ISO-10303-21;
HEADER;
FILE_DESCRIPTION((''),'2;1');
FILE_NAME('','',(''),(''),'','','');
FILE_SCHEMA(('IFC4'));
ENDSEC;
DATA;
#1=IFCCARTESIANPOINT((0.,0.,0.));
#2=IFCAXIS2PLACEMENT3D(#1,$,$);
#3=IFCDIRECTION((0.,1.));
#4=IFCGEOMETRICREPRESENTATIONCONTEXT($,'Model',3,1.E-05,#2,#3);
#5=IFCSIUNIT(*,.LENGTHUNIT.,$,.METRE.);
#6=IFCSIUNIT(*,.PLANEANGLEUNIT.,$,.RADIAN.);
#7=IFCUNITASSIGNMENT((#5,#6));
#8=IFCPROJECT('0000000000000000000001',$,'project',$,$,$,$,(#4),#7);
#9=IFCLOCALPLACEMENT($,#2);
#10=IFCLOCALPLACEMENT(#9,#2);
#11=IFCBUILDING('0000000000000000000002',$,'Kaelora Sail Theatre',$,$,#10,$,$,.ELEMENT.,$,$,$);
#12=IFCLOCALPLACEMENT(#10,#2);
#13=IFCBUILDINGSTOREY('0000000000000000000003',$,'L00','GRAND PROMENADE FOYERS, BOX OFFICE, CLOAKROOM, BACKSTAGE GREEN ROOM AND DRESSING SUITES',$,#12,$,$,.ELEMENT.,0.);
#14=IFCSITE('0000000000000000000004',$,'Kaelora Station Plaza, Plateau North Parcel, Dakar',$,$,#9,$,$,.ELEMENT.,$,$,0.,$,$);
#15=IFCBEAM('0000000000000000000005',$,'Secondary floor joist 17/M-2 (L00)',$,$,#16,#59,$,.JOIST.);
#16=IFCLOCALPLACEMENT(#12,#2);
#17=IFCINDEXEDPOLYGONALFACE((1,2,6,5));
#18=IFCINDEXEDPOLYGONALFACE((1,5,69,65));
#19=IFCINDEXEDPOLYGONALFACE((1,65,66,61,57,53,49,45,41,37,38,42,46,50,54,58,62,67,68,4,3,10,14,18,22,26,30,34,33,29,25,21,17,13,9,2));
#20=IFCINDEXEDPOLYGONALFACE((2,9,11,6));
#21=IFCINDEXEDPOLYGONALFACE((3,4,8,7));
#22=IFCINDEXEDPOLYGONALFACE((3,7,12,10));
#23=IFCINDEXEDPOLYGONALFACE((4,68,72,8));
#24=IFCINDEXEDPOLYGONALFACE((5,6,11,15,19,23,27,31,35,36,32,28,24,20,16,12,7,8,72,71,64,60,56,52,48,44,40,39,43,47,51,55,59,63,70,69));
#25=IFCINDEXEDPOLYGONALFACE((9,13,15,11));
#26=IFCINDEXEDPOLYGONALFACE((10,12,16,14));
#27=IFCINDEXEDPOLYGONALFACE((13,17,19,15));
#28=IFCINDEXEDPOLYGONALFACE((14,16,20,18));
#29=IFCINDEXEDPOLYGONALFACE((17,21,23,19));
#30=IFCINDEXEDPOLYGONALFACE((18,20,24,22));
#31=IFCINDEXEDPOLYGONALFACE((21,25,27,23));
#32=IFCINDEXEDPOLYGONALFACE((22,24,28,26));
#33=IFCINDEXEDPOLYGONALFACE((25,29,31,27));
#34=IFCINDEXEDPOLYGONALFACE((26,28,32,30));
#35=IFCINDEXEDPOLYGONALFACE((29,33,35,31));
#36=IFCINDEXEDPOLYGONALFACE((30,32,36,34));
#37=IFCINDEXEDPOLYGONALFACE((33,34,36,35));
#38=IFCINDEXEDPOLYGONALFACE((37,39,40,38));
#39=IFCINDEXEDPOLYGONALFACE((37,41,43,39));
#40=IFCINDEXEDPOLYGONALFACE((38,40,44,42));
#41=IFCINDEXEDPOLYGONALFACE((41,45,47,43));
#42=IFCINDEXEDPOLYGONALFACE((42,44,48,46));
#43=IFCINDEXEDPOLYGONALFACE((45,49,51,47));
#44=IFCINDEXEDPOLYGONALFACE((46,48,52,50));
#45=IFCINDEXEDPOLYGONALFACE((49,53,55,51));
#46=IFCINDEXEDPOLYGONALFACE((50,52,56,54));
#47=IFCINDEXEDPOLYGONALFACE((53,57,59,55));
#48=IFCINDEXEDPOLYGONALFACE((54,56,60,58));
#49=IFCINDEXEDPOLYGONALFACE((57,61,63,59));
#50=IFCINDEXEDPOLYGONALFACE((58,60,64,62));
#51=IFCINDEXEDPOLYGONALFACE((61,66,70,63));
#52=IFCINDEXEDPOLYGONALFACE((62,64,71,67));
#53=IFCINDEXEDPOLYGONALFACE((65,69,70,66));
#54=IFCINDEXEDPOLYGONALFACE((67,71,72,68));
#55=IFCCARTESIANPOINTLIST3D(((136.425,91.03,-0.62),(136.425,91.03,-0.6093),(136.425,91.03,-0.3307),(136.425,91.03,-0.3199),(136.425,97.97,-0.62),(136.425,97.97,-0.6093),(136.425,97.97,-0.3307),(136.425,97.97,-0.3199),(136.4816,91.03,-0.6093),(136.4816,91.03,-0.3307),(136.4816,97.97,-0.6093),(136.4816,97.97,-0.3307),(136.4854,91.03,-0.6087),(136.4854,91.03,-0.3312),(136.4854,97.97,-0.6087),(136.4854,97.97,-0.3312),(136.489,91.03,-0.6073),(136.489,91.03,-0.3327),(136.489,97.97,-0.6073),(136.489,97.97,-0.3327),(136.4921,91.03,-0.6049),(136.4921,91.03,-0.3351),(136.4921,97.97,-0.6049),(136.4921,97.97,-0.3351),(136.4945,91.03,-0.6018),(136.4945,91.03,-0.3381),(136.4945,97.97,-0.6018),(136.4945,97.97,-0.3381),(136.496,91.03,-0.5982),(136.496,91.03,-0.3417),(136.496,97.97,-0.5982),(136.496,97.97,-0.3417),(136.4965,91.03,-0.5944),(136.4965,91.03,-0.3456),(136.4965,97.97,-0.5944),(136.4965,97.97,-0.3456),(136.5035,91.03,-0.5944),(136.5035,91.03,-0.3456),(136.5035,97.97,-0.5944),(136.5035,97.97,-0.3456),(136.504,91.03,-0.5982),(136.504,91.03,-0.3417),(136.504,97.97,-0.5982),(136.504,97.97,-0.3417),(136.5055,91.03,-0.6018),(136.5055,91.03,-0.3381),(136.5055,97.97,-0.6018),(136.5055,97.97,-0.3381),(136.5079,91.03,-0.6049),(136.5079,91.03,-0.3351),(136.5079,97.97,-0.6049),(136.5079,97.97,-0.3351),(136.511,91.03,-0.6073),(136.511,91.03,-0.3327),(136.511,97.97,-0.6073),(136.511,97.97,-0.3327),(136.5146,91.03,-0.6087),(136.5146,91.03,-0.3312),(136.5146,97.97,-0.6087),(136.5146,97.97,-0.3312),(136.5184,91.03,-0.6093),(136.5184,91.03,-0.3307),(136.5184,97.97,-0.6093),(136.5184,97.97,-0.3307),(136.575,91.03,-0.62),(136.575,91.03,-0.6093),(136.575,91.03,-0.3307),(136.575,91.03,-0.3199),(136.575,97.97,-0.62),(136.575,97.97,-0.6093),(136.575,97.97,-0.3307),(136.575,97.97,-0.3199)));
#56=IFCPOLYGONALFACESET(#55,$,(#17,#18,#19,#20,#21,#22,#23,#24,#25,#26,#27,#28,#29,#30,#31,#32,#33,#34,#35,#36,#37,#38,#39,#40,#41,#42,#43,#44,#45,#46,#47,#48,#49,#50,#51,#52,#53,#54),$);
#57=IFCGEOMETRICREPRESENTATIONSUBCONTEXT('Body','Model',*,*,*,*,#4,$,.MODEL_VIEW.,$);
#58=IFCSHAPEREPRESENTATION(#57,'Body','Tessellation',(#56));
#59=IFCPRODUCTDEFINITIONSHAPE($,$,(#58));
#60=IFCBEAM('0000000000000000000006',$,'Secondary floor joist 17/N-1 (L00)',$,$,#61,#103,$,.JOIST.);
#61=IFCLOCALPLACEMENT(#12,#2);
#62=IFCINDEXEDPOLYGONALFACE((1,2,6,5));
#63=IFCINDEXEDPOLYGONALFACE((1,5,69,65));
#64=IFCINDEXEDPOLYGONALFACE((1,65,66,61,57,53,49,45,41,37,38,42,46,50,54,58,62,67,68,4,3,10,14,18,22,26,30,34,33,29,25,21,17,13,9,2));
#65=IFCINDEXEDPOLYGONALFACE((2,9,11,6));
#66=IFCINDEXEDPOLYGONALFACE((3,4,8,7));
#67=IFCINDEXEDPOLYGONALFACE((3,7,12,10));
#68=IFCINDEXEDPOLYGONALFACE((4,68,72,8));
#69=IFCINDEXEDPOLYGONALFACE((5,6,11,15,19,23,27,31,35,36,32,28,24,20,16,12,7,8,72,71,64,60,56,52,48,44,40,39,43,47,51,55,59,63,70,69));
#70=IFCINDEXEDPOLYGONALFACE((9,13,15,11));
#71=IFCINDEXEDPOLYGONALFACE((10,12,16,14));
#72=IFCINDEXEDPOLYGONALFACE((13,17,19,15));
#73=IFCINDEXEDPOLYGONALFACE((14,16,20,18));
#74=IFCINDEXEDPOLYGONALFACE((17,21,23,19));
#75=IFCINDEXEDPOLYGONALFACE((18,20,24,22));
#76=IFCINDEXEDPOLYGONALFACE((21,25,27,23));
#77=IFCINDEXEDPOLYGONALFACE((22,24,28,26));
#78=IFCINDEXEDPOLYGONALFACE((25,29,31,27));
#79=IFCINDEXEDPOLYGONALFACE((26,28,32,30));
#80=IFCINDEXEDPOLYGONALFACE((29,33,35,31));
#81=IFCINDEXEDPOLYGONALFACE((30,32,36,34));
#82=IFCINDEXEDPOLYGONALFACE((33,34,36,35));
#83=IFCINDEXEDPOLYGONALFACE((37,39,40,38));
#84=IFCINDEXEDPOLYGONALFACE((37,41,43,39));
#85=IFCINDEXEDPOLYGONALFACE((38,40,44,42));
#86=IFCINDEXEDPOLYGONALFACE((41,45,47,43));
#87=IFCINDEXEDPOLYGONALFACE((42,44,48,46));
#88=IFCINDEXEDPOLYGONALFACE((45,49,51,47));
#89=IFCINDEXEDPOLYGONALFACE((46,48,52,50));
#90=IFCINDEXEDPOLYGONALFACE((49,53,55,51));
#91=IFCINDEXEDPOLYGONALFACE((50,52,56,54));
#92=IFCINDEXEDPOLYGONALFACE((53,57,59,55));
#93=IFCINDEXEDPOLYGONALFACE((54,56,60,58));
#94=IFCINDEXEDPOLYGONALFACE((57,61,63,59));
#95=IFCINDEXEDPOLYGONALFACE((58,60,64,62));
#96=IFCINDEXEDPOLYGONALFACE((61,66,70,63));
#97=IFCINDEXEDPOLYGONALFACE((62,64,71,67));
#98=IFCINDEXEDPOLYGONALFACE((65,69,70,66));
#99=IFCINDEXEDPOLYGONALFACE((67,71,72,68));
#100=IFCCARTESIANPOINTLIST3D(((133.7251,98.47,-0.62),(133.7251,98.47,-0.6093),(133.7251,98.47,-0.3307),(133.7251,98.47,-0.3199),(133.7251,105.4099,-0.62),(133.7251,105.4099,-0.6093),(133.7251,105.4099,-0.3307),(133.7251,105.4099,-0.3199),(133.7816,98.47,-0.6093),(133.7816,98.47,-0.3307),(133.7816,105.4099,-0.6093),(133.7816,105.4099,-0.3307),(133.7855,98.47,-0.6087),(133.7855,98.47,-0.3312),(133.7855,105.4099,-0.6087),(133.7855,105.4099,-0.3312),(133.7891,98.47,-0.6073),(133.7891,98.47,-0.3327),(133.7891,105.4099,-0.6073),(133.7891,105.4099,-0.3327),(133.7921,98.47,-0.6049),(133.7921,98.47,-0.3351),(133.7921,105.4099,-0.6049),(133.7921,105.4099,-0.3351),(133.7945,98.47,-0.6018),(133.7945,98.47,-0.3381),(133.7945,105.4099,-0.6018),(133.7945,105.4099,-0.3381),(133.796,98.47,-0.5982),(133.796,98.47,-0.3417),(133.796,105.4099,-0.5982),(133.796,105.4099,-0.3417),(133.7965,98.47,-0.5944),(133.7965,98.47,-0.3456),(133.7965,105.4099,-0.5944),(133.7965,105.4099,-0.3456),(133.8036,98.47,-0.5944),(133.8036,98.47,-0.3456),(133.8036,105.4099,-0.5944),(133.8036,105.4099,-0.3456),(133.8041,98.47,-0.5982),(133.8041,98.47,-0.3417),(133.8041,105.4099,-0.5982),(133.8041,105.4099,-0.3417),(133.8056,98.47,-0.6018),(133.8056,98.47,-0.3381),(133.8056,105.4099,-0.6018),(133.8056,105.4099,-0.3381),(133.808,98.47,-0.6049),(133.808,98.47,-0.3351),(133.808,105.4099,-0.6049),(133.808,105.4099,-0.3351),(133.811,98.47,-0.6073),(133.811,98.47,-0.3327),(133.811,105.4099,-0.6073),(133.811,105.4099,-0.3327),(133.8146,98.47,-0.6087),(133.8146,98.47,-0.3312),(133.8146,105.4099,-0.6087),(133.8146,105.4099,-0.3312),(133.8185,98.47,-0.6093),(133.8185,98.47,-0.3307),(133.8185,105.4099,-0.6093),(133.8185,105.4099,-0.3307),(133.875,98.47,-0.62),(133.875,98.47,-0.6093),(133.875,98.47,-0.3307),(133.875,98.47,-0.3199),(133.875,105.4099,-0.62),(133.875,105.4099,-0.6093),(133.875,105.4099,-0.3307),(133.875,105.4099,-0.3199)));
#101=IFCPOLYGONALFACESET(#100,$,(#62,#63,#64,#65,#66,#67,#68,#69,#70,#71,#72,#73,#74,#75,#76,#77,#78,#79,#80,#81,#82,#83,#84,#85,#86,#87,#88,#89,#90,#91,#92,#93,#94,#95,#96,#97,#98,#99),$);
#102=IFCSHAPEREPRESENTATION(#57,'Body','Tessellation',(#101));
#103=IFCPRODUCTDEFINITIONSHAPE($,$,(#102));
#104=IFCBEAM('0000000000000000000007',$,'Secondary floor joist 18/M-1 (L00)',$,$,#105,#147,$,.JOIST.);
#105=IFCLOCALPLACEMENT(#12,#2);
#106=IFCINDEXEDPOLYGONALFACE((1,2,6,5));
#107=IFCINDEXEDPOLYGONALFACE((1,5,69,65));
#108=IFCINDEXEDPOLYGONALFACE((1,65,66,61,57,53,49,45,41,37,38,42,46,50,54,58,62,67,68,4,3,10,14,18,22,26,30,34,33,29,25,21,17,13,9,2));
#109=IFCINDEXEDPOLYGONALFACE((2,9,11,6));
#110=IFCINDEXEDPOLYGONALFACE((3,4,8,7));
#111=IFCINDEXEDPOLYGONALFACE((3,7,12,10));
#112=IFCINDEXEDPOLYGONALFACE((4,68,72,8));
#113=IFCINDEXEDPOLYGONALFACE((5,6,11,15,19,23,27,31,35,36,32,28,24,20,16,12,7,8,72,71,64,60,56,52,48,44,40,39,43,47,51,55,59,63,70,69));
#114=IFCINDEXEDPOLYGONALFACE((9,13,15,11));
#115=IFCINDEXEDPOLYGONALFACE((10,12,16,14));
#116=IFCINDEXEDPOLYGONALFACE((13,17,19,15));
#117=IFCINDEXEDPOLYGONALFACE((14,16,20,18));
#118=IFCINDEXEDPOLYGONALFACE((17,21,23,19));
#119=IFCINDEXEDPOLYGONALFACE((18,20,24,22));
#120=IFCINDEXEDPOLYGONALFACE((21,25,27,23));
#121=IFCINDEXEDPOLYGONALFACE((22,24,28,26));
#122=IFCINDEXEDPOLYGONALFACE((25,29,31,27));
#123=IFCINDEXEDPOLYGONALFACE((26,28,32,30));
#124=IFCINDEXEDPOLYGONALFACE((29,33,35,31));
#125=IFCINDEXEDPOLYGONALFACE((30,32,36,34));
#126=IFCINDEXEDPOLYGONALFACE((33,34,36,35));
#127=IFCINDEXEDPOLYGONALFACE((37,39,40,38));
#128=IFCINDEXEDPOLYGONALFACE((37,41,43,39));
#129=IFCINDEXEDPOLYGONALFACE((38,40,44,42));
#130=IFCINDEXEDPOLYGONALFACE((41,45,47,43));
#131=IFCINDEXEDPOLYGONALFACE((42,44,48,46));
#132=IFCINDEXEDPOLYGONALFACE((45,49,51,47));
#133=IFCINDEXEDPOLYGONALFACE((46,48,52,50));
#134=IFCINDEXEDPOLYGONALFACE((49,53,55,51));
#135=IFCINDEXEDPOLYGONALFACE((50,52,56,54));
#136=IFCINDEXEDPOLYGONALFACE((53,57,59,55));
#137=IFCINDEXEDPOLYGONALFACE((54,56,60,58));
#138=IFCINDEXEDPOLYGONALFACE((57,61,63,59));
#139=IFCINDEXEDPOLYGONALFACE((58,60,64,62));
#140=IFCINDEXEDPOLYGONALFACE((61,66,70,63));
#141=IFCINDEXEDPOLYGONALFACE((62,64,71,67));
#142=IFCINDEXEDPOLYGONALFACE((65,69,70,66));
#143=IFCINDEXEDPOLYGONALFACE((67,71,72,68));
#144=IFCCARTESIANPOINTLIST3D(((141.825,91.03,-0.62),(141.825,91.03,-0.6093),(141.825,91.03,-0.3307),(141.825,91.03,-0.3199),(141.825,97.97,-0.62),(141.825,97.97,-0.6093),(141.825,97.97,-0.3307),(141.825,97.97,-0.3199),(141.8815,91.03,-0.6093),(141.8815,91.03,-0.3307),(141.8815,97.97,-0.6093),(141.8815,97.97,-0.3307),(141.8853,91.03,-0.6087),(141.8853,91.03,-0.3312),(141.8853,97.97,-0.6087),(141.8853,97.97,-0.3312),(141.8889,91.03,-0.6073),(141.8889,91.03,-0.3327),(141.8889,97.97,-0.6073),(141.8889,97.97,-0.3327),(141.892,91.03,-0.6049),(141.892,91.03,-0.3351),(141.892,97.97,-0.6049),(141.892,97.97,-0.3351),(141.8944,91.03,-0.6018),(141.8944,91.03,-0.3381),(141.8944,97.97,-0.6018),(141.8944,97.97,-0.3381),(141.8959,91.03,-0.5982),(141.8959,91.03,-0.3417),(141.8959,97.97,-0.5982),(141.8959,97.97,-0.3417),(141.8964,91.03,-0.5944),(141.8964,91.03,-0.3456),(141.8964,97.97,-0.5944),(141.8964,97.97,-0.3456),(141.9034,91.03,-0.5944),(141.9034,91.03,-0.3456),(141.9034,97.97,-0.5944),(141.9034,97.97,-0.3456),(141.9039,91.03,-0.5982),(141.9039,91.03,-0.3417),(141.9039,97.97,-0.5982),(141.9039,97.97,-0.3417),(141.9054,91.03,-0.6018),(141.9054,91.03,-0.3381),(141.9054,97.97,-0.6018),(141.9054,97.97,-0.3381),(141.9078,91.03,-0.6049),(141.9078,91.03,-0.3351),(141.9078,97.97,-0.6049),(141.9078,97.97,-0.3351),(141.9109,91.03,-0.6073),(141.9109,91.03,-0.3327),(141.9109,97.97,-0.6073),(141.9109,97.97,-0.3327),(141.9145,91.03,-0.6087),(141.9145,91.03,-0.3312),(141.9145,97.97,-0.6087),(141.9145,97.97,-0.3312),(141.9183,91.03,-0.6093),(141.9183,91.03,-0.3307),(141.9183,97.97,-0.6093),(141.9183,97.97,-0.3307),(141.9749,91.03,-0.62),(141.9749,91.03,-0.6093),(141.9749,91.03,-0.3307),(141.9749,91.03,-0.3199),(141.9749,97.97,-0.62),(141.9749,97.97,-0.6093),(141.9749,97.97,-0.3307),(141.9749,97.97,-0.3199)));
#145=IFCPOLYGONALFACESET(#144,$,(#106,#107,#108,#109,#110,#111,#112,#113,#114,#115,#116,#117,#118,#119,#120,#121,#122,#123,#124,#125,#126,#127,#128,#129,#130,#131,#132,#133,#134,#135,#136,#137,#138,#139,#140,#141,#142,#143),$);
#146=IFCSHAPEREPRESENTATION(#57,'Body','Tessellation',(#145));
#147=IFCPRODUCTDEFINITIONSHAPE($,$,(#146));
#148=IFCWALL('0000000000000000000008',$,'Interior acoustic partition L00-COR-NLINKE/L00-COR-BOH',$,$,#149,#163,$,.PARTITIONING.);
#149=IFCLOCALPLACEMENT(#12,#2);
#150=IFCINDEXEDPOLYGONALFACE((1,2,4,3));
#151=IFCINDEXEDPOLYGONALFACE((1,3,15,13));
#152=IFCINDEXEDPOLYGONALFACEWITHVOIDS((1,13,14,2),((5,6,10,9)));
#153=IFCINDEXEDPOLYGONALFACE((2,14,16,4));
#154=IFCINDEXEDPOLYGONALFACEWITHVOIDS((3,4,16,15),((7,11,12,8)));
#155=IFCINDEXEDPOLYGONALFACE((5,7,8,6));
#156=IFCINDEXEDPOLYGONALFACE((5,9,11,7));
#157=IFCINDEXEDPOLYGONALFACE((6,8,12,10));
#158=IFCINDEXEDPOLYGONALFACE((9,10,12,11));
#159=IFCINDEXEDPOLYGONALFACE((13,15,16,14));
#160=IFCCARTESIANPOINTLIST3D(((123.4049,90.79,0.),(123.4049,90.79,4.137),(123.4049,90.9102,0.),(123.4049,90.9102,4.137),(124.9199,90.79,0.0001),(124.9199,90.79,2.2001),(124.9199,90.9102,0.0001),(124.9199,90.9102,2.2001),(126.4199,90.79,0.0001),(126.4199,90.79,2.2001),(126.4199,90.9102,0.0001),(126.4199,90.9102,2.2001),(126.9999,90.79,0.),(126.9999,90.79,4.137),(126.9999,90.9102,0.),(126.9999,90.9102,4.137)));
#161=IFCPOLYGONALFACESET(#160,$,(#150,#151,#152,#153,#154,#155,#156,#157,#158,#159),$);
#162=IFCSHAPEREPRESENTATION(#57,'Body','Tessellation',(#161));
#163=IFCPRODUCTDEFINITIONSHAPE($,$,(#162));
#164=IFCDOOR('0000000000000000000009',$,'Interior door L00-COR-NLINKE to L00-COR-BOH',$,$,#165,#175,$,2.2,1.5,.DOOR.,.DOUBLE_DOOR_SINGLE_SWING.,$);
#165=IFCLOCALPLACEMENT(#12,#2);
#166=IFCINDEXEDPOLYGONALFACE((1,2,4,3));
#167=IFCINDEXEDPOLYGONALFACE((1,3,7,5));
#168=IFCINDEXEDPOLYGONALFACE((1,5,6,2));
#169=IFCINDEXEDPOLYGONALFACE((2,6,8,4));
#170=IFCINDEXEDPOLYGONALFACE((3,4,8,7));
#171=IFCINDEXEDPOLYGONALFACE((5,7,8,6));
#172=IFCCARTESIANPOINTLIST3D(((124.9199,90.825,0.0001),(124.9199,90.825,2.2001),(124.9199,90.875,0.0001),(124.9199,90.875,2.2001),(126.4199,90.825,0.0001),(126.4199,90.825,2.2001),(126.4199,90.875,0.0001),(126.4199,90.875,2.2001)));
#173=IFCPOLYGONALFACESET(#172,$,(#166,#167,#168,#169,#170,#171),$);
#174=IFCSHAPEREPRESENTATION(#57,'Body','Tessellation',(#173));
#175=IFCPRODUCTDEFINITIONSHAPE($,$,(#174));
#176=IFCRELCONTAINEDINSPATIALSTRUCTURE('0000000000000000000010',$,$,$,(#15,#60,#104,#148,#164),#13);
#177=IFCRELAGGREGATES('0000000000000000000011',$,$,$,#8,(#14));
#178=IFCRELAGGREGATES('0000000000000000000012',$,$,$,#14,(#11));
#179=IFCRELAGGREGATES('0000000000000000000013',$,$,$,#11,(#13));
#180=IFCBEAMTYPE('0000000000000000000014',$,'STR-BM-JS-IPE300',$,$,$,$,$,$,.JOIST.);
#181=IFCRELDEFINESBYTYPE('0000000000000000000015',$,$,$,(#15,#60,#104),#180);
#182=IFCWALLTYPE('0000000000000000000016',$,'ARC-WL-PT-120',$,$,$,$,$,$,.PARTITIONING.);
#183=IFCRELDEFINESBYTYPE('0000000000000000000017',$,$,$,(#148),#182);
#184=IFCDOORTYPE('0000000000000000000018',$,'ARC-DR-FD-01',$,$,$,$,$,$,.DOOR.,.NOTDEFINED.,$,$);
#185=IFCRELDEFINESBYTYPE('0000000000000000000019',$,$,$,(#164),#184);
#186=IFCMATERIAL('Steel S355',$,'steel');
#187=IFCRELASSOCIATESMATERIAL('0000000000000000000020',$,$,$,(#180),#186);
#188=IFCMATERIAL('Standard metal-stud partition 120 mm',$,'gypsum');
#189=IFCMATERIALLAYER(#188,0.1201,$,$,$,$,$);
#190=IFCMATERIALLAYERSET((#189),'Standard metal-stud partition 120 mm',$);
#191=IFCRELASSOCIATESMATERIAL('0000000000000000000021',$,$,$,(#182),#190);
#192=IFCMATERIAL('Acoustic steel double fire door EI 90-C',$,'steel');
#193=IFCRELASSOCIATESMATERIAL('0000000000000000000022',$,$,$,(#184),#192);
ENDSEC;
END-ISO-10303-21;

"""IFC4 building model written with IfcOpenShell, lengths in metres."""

from ifc_helpers import new_model, si_unit, direction, frame, frame_2d, origin, origin_2d, place, context, subcontext, project, spatial, rectangle, i_section, extrude, material, layer, layer_set, material_profile, profile_set, type_object, element, fill, save


model = new_model("IFC4")

# Units and contexts
model_context = context("Model", 3, precision=1e-05, world=origin(), true_north=direction((0.0, 1.0)))
body_context = subcontext(model_context, "Body", "Model", "MODEL_VIEW")
ifc_project = project(units=[si_unit("LENGTHUNIT", "METRE"), si_unit("PLANEANGLEUNIT", "RADIAN")], contexts=[model_context])

# Site, building, storey
site_placement = place(None, origin())
site = spatial("IfcSite", under=ifc_project, at=site_placement, Name="Kaelora Station Plaza, Plateau North Parcel, Dakar", CompositionType="ELEMENT", RefElevation=0.0)
building_placement = place(site_placement, origin())
building = spatial("IfcBuilding", under=site, at=building_placement, Name="Kaelora Sail Theatre", CompositionType="ELEMENT")
storey_placement = place(building_placement, origin())
storey = spatial("IfcBuildingStorey", under=building, at=storey_placement, Name="L00", Description="GRAND PROMENADE FOYERS, BOX OFFICE, CLOAKROOM, BACKSTAGE GREEN ROOM AND DRESSING SUITES", CompositionType="ELEMENT", Elevation=0.0)

# Beams
ifc_material_1 = material(Name="Steel S355", Category="steel")
ifc_material_profile_1 = material_profile(ifc_material_1, i_section(OverallWidth=0.1499, OverallDepth=0.3, WebThickness=0.0071, FlangeThickness=0.0107, FilletRadius=0.0149, at=origin_2d()), Name="IPE 300")
ifc_profile_set_1 = profile_set([ifc_material_profile_1], Name="Steel S355")
beam_type_1 = type_object("IfcBeamType", Name="STR-BM-JS-IPE300", PredefinedType="JOIST", material=ifc_profile_set_1)
for number, where, z_axis, x_axis, name in (
    (1, (136.5, 91.03, -0.47), (0.0, 1.0, 0.0), (-1.0, 0.0, 0.0), "Secondary floor joist 17/M-2 (L00)"),
    (2, (133.8, 98.47, -0.47), (0.0, 1.0, 0.0), (-1.0, 0.0, 0.0), "Secondary floor joist 17/N-1 (L00)"),
    (3, (141.8999, 91.03, -0.47), (0.0, 1.0, 0.0), (-1.0, 0.0, 0.0), "Secondary floor joist 18/M-1 (L00)"),
):
    element("IfcBeam", number, at=place(storey_placement, frame(where, z_axis=z_axis, x_axis=x_axis)), inside=storey, type_object=beam_type_1, Name=name, PredefinedType="JOIST", context=body_context, shape_type="SweptSolid", body=[
        extrude(i_section(OverallWidth=0.1499, OverallDepth=0.3, WebThickness=0.0071, FlangeThickness=0.0107, FilletRadius=0.0149, at=origin_2d()), origin(), (0.0, 0.0, 1.0), 6.9399),
    ])

# Wall, opening, door
ifc_material_2 = material(Name="Standard metal-stud partition 120 mm", Category="gypsum")
ifc_layer_1 = layer(ifc_material_2, 0.1201)
ifc_layer_set_1 = layer_set([ifc_layer_1], Name="Standard metal-stud partition 120 mm")
wall_type_1 = type_object("IfcWallType", Name="ARC-WL-PT-120", PredefinedType="PARTITIONING", material=ifc_layer_set_1)
wall_1_placement = place(storey_placement, frame((123.405, 90.8501, 0.0), z_axis=(0.0, 0.0, 1.0), x_axis=(1.0, 0.0, 0.0)))
wall_1 = element("IfcWall", 4, at=wall_1_placement, inside=storey, type_object=wall_type_1, Name="Interior acoustic partition L00-COR-NLINKE/L00-COR-BOH", PredefinedType="PARTITIONING", context=body_context, shape_type="SweptSolid", body=[
    extrude(rectangle(XDim=3.595, YDim=0.1201, at=frame_2d((1.7974, 0.0))), origin(), (0.0, 0.0, 1.0), 4.137),
])
opening_1_placement = place(wall_1_placement, frame((1.5149, 0.0, 0.0)))
opening_1 = element("IfcOpeningElement", 5, at=opening_1_placement, cuts=wall_1, PredefinedType="OPENING", context=body_context, shape_type="SweptSolid", body=[
    extrude(rectangle(XDim=1.5, YDim=2.2, at=frame_2d((0.75, 1.1001))), frame((0.0, 0.0701, 0.0), z_axis=(0.0, -1.0, 0.0), x_axis=(1.0, 0.0, 0.0)), (0.0, 0.0, 1.0), 0.1401),
])
ifc_material_3 = material(Name="Acoustic steel double fire door EI 90-C", Category="steel")
door_type_1 = type_object("IfcDoorType", Name="ARC-DR-FD-01", OperationType="NOTDEFINED", PredefinedType="DOOR", material=ifc_material_3)
door_1_placement = place(opening_1_placement, origin())
door_1 = element("IfcDoor", 6, at=door_1_placement, inside=storey, type_object=door_type_1, Name="Interior door L00-COR-NLINKE to L00-COR-BOH", OperationType="DOUBLE_DOOR_SINGLE_SWING", OverallHeight=2.2, OverallWidth=1.5, PredefinedType="DOOR", context=body_context, shape_type="SweptSolid", body=[
    extrude(rectangle(XDim=1.5, YDim=2.2, at=frame_2d((0.75, 1.1001))), frame((0.0, 0.0249, 0.0), z_axis=(0.0, -1.0, 0.0), x_axis=(1.0, 0.0, 0.0)), (0.0, 0.0, 1.0), 0.05),
])
fill(opening_1, door_1)

save(model, "model.ifc")
